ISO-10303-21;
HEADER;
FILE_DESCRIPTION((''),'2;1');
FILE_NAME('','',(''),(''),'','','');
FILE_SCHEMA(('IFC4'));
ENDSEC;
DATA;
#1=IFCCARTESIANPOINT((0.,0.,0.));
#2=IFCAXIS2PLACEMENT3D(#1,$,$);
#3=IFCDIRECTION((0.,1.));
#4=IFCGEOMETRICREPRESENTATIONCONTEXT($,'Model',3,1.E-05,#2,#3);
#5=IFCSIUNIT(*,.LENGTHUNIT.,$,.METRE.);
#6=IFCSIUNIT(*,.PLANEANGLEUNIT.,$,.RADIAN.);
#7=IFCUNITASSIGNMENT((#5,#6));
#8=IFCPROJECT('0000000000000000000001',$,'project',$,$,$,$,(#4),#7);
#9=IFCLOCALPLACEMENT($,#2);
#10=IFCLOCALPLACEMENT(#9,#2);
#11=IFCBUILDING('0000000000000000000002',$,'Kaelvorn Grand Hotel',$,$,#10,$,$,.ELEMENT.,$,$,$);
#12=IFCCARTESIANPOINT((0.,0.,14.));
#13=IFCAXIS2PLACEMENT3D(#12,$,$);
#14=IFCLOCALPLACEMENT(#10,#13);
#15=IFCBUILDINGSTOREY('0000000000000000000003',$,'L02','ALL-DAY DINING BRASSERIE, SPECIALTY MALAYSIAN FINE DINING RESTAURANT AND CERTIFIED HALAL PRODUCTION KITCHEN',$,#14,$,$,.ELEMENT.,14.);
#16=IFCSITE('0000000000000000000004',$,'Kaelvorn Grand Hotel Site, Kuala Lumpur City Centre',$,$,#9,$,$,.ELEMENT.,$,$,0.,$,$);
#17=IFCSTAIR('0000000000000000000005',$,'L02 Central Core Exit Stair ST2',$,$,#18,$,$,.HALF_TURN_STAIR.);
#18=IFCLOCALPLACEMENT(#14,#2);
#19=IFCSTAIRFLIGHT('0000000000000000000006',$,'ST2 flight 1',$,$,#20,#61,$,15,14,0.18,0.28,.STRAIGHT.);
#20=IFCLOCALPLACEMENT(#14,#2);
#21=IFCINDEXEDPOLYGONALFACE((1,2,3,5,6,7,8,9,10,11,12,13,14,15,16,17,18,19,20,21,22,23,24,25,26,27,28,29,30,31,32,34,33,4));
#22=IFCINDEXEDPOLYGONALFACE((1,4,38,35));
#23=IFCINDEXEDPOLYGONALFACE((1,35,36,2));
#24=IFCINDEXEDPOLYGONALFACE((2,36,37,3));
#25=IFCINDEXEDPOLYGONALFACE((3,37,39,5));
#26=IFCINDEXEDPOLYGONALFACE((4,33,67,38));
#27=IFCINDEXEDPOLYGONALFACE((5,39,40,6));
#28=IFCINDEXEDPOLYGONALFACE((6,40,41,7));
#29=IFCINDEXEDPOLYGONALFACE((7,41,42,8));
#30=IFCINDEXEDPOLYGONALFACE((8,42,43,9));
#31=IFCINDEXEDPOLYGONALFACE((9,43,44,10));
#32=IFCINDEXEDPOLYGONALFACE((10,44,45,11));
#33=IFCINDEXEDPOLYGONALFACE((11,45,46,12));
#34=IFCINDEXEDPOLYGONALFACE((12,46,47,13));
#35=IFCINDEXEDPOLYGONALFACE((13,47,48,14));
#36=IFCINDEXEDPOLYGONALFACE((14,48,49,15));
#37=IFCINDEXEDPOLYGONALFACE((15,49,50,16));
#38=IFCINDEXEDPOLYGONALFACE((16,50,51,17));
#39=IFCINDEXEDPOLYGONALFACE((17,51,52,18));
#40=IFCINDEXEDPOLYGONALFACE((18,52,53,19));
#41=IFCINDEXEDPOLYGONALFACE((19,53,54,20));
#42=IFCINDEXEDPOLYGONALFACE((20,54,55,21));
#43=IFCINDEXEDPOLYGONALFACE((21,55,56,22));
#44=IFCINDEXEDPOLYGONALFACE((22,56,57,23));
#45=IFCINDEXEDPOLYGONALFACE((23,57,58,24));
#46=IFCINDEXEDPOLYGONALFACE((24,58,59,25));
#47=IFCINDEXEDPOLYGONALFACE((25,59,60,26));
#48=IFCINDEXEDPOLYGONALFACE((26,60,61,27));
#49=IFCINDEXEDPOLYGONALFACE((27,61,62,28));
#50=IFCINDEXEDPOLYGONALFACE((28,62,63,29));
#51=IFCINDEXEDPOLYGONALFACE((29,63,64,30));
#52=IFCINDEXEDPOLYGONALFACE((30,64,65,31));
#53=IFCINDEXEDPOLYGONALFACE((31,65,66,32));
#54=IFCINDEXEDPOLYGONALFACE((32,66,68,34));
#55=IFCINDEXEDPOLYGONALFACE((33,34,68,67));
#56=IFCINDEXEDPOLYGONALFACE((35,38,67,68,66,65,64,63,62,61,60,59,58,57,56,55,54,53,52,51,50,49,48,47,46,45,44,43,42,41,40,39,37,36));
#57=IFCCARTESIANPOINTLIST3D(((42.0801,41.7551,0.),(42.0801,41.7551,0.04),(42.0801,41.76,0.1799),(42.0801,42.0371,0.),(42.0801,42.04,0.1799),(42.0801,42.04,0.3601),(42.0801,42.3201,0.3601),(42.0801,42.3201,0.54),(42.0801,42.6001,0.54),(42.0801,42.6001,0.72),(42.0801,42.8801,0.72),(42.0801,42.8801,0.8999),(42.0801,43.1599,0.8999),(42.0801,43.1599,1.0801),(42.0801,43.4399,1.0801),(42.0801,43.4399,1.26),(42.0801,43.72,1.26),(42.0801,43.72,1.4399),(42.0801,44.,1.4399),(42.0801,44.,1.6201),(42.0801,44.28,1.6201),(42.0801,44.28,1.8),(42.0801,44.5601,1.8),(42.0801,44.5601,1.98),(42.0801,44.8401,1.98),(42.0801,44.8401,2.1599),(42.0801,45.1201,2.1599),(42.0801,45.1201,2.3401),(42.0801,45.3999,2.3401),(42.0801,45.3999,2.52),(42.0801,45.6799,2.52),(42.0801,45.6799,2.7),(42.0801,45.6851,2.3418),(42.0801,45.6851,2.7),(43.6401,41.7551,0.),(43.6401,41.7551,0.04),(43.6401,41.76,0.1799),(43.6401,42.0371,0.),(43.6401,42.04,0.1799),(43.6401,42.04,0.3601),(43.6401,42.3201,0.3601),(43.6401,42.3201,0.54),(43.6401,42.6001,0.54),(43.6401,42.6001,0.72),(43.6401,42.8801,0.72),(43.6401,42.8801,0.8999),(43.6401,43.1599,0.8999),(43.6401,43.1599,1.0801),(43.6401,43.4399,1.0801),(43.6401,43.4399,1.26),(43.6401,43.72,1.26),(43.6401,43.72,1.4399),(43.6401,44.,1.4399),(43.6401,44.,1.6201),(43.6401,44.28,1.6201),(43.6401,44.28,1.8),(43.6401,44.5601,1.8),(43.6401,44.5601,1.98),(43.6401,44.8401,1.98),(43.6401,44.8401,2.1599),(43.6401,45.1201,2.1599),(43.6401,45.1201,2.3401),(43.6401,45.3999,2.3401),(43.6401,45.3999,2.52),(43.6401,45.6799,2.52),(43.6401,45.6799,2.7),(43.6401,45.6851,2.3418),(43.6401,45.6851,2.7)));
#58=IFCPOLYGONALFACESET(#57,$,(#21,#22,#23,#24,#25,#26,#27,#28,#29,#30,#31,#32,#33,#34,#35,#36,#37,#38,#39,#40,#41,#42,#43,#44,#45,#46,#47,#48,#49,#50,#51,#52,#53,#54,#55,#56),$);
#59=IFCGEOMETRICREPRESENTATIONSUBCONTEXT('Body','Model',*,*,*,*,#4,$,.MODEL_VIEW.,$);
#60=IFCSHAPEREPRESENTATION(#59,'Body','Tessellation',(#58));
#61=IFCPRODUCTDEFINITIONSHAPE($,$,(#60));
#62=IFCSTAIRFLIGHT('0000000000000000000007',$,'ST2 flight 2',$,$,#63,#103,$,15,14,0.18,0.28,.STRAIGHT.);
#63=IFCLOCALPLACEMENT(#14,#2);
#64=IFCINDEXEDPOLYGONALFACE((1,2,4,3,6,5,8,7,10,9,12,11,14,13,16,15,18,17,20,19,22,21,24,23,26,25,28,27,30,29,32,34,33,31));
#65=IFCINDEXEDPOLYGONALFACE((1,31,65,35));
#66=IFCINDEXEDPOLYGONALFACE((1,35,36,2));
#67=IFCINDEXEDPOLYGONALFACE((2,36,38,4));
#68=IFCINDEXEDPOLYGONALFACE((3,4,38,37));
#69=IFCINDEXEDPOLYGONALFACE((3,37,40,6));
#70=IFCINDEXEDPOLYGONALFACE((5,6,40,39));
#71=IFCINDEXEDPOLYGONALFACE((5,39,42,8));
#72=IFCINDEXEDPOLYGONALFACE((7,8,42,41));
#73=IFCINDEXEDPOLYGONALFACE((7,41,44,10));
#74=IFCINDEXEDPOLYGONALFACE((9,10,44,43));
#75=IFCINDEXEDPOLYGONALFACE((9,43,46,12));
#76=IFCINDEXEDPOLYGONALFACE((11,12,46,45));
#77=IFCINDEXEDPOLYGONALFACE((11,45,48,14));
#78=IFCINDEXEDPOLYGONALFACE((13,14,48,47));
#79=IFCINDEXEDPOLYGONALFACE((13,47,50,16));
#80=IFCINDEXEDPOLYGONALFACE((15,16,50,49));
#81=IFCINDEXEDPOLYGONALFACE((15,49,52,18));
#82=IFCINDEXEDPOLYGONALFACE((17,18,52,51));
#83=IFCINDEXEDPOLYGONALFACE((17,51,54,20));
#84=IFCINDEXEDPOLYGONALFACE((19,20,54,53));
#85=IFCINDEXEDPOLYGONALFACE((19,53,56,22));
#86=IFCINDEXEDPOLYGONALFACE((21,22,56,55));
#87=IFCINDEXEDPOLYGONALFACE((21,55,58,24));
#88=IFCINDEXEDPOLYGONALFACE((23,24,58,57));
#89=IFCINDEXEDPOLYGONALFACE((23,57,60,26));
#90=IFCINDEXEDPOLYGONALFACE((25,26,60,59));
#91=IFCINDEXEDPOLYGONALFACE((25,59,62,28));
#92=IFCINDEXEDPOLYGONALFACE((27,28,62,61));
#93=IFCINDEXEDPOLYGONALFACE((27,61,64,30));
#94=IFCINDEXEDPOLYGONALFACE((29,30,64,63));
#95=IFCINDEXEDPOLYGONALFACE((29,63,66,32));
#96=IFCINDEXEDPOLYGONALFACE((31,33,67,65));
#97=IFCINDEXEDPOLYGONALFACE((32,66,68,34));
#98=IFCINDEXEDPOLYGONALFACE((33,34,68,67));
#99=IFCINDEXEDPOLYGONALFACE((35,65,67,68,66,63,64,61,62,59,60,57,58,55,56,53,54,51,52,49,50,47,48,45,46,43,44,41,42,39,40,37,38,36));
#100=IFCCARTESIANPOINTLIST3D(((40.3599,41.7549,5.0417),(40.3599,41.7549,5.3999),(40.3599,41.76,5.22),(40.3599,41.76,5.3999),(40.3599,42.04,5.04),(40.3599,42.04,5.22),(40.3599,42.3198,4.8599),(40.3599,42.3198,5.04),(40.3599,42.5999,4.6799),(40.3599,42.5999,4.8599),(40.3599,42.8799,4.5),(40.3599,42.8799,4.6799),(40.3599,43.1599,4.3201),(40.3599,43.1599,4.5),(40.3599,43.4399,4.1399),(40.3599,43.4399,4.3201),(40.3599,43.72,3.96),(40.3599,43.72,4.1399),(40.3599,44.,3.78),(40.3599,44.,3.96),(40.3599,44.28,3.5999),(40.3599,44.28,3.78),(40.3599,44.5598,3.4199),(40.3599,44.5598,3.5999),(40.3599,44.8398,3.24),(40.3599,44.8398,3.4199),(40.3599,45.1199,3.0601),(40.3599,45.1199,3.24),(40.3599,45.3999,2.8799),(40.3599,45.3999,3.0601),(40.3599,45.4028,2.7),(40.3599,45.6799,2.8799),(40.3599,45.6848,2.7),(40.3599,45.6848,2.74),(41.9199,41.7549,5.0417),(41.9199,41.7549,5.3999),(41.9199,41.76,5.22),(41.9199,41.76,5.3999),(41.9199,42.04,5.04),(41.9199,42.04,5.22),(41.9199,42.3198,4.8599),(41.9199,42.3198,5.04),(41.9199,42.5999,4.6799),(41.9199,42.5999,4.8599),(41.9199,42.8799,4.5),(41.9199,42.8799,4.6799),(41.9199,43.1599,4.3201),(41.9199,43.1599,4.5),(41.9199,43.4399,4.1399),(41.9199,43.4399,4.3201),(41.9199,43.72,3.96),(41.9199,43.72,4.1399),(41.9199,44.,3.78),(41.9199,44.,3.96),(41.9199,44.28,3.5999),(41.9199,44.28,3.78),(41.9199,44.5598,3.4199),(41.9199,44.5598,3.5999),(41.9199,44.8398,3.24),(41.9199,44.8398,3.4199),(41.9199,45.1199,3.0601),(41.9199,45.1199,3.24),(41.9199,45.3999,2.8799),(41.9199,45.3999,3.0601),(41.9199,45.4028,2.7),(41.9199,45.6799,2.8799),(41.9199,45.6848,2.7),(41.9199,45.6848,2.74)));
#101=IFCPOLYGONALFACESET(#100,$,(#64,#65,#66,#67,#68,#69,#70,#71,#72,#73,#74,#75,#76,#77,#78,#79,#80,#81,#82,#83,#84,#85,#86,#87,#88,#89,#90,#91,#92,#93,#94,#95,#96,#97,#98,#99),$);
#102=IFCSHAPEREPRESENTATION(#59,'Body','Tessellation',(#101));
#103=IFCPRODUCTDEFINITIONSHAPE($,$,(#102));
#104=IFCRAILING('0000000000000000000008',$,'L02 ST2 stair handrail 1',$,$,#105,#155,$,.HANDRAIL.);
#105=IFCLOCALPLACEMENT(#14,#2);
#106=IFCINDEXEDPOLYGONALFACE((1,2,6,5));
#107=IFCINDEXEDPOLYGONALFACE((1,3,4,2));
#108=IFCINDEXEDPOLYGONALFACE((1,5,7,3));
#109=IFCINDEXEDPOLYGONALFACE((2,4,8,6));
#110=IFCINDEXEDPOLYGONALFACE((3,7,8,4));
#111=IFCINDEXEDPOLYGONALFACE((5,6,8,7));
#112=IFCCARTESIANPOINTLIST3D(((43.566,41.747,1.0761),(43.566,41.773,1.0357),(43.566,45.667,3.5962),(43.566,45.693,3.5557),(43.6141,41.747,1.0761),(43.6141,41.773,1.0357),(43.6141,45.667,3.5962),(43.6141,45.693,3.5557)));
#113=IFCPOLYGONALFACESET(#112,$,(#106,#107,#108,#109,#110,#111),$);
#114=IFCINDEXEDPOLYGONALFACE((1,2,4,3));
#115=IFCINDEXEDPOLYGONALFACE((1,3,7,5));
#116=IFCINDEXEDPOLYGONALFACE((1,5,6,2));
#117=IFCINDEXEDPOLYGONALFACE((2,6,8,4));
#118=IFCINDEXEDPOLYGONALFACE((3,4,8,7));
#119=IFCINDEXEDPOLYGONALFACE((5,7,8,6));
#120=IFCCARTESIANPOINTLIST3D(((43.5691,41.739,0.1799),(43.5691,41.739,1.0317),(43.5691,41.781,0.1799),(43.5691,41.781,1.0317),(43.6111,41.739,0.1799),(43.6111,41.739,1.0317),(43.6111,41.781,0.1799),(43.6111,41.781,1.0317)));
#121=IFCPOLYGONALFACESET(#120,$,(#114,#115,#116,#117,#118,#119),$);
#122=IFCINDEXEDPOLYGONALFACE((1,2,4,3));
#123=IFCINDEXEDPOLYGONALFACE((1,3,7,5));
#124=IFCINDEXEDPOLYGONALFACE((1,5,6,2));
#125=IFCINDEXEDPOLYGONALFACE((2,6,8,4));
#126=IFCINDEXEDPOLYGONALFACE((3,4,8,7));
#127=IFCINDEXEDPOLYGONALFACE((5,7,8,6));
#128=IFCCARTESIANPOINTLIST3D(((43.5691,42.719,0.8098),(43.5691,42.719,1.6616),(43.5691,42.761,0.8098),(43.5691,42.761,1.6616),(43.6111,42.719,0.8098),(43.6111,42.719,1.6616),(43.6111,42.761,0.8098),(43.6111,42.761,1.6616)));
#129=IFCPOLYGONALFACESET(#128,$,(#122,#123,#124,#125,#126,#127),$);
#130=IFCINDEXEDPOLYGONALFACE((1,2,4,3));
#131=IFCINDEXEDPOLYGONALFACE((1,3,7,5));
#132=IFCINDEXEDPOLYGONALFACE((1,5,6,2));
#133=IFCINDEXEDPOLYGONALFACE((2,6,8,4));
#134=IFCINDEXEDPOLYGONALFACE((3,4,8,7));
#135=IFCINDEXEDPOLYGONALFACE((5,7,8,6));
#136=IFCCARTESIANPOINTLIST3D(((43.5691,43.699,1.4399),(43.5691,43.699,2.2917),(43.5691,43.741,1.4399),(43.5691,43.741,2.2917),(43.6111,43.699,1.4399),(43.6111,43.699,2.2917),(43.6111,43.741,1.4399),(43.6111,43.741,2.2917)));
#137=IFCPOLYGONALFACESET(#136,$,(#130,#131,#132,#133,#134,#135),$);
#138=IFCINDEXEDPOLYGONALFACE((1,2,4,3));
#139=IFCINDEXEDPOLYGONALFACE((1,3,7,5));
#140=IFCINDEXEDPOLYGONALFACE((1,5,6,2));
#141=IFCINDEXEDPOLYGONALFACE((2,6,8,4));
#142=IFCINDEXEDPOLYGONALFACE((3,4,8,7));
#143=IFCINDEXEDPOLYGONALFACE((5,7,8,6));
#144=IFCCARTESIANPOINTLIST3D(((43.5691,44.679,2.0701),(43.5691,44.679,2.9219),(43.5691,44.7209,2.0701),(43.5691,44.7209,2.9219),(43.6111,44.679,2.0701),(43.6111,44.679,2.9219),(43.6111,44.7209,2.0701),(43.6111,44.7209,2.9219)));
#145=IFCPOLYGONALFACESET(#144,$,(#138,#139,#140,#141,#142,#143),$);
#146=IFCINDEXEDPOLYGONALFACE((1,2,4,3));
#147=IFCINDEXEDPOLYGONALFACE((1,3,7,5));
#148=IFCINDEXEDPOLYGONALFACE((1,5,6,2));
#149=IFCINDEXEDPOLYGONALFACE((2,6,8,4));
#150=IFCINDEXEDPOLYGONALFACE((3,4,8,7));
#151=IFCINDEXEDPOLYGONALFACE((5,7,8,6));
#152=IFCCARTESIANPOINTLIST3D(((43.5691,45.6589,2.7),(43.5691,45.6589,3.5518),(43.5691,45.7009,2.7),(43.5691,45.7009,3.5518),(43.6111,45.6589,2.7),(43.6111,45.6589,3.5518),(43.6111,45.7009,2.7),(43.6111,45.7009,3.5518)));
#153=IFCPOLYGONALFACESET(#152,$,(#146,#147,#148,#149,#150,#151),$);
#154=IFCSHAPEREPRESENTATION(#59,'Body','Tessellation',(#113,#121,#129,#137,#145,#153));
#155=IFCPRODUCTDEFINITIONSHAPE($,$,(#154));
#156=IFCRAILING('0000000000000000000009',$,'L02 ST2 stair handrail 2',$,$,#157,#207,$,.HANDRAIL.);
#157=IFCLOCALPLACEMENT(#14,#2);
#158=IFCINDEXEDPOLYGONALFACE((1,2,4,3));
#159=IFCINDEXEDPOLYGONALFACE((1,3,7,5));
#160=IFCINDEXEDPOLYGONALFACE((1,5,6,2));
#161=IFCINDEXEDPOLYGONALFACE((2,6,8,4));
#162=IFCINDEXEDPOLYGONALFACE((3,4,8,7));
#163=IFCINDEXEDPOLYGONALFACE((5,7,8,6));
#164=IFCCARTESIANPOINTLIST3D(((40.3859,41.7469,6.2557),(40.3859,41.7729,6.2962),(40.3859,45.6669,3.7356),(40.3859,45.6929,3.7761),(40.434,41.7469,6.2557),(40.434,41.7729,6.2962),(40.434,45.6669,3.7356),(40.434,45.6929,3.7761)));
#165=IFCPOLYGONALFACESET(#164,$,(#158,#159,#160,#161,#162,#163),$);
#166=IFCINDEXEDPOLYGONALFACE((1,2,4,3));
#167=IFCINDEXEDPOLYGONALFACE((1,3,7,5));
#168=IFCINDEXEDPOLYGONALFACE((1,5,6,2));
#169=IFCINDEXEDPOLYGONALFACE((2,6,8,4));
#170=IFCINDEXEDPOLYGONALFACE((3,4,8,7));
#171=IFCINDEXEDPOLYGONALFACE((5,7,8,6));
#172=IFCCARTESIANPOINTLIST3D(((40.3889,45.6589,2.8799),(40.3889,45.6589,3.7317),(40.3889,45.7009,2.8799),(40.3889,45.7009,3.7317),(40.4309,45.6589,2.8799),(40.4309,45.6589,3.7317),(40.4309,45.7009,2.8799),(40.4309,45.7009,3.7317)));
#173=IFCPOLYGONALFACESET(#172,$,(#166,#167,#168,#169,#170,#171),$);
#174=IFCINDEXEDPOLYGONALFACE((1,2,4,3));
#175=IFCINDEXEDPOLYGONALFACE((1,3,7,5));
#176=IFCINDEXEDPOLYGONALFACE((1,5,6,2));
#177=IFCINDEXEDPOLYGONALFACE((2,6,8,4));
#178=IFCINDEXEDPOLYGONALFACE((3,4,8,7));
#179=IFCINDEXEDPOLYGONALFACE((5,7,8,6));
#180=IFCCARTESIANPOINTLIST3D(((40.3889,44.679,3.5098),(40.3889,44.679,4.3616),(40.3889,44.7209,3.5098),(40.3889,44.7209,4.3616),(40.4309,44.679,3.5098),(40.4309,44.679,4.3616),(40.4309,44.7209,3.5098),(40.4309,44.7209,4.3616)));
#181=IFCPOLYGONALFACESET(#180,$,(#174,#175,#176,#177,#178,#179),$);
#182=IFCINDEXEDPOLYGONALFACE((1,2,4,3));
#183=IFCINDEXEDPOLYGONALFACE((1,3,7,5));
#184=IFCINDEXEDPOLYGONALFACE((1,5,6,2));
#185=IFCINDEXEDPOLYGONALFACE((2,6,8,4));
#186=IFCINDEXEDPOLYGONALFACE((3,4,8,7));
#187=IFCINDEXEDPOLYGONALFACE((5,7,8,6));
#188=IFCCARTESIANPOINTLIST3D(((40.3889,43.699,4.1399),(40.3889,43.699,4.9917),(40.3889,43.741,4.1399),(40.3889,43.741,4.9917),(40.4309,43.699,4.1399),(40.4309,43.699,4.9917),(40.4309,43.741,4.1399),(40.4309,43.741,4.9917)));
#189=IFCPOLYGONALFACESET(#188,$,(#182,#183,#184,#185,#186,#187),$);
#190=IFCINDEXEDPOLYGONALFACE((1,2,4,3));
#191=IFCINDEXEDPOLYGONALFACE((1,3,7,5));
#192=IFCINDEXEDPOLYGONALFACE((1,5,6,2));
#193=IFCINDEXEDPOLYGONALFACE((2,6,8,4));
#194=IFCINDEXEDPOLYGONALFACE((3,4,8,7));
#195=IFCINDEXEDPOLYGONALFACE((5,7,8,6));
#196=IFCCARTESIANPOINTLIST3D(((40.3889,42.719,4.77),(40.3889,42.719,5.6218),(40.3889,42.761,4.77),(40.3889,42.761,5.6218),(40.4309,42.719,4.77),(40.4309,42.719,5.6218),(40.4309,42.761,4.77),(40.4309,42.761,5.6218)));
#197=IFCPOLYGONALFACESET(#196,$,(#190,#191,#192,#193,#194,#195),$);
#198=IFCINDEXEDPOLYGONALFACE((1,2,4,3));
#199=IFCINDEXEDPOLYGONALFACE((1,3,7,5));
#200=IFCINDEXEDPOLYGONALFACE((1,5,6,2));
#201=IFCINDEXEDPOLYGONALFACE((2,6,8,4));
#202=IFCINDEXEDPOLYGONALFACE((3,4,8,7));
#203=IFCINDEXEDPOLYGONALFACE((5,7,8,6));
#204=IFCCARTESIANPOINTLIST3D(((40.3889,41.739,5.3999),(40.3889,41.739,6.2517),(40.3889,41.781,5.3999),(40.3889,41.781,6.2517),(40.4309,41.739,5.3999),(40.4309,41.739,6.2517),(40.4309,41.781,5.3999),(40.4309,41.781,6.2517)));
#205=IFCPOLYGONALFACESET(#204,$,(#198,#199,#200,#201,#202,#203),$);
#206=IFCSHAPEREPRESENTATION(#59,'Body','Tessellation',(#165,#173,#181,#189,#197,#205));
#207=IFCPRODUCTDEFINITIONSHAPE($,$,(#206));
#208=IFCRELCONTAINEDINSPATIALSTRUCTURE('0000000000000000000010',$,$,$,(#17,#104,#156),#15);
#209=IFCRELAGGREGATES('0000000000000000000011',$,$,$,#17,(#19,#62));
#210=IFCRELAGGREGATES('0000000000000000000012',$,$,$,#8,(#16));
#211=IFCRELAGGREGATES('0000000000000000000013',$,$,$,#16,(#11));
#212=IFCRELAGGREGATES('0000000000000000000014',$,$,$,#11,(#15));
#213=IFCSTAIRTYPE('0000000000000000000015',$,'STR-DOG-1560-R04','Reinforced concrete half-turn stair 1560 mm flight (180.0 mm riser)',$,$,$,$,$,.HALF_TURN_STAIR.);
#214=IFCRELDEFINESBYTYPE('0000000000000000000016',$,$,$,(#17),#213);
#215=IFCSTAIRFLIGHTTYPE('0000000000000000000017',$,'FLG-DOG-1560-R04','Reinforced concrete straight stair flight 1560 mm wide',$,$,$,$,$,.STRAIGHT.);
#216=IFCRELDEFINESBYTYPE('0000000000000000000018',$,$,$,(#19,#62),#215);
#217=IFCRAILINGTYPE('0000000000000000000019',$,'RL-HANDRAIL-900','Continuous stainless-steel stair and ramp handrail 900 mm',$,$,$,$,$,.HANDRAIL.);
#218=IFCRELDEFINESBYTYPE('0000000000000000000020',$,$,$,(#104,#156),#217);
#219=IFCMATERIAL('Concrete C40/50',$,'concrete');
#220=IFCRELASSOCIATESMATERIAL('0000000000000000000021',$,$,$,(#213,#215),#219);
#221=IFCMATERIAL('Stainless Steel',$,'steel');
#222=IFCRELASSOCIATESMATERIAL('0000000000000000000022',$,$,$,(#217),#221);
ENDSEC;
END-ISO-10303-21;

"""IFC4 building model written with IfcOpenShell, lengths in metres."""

from ifc_helpers import new_model, si_unit, direction, frame, origin, origin_2d, place, context, subcontext, project, spatial, polyline, rectangle, outline, extrude, material, type_object, element, aggregate, save


model = new_model("IFC4")

# Units and contexts
model_context = context("Model", 3, precision=1e-05, world=origin(), true_north=direction((0.0, 1.0)))
body_context = subcontext(model_context, "Body", "Model", "MODEL_VIEW")
ifc_project = project(units=[si_unit("LENGTHUNIT", "METRE"), si_unit("PLANEANGLEUNIT", "RADIAN")], contexts=[model_context])

# Site, building, storey
site_placement = place(None, origin())
site = spatial("IfcSite", under=ifc_project, at=site_placement, Name="Kaelvorn Grand Hotel Site, Kuala Lumpur City Centre", CompositionType="ELEMENT", RefElevation=0.0)
building_placement = place(site_placement, origin())
building = spatial("IfcBuilding", under=site, at=building_placement, Name="Kaelvorn Grand Hotel", CompositionType="ELEMENT")
storey_placement = place(building_placement, frame((0.0, 0.0, 14.0)))
storey = spatial("IfcBuildingStorey", under=building, at=storey_placement, Name="L02", Description="ALL-DAY DINING BRASSERIE, SPECIALTY MALAYSIAN FINE DINING RESTAURANT AND CERTIFIED HALAL PRODUCTION KITCHEN", CompositionType="ELEMENT", Elevation=14.0)

# Shared definitions
ifc_material_1 = material(Name="Concrete C40/50", Category="concrete")

# Stair, stair flights
stair_type = type_object("IfcStairType", Name="STR-DOG-1560-R04", Description="Reinforced concrete half-turn stair 1560 mm flight (180.0 mm riser)", PredefinedType="HALF_TURN_STAIR", material=ifc_material_1)
stair_placement = place(storey_placement, origin())
stair = element("IfcStair", 1, at=stair_placement, inside=storey, type_object=stair_type, Name="L02 Central Core Exit Stair ST2", PredefinedType="HALF_TURN_STAIR")
stair_flight_type = type_object("IfcStairFlightType", Name="FLG-DOG-1560-R04", Description="Reinforced concrete straight stair flight 1560 mm wide", PredefinedType="STRAIGHT", material=ifc_material_1)
stair_flight_1_placement = place(storey_placement, frame((42.8601, 41.76, 0.0), z_axis=(0.0, 0.0, 1.0), x_axis=(0.0, 1.0, 0.0)))
stair_flight_1 = element("IfcStairFlight", 2, at=stair_flight_1_placement, type_object=stair_flight_type, Name="ST2 flight 1", NumberOfRisers=15, NumberOfTreads=14, PredefinedType="STRAIGHT", RiserHeight=0.18, TreadLength=0.28, context=body_context, shape_type="SweptSolid", body=[
    extrude(outline(polyline([(-0.0049, 0.0), (-0.0049, 0.04), (0.0, 0.1799), (0.28, 0.1799), (0.28, 0.3601), (0.5601, 0.3601), (0.5601, 0.54), (0.8401, 0.54), (0.8401, 0.72), (1.1201, 0.72), (1.1201, 0.8999), (1.3999, 0.8999), (1.3999, 1.0801), (1.6799, 1.0801), (1.6799, 1.26), (1.96, 1.26), (1.96, 1.4399), (2.24, 1.4399), (2.24, 1.6201), (2.52, 1.6201), (2.52, 1.8), (2.8, 1.8), (2.8, 1.98), (3.0801, 1.98), (3.0801, 2.1599), (3.3601, 2.1599), (3.3601, 2.3401), (3.6399, 2.3401), (3.6399, 2.52), (3.9199, 2.52), (3.9199, 2.7), (3.925, 2.7), (3.925, 2.3418), (0.2771, 0.0), (-0.0049, 0.0)])), frame((0.0, 0.78, 0.0), z_axis=(0.0, -1.0, 0.0), x_axis=(1.0, 0.0, 0.0)), (0.0, 0.0, 1.0), 1.5601),
])
stair_flight_2_placement = place(storey_placement, frame((41.1399, 45.6799, 2.7), z_axis=(0.0, 0.0, 1.0), x_axis=(0.0, -1.0, 0.0)))
stair_flight_2 = element("IfcStairFlight", 3, at=stair_flight_2_placement, type_object=stair_flight_type, Name="ST2 flight 2", NumberOfRisers=15, NumberOfTreads=14, PredefinedType="STRAIGHT", RiserHeight=0.18, TreadLength=0.28, context=body_context, shape_type="SweptSolid", body=[
    extrude(outline(polyline([(-0.0049, 0.0), (-0.0049, 0.04), (0.0, 0.1799), (0.28, 0.1799), (0.28, 0.3601), (0.5601, 0.3601), (0.5601, 0.54), (0.8401, 0.54), (0.8401, 0.72), (1.1201, 0.72), (1.1201, 0.8999), (1.3999, 0.8999), (1.3999, 1.0801), (1.6799, 1.0801), (1.6799, 1.26), (1.96, 1.26), (1.96, 1.4399), (2.24, 1.4399), (2.24, 1.6201), (2.52, 1.6201), (2.52, 1.8), (2.8, 1.8), (2.8, 1.98), (3.0801, 1.98), (3.0801, 2.1599), (3.3601, 2.1599), (3.3601, 2.3401), (3.6399, 2.3401), (3.6399, 2.52), (3.9199, 2.52), (3.9199, 2.7), (3.925, 2.7), (3.925, 2.3418), (0.2771, 0.0), (-0.0049, 0.0)])), frame((0.0, 0.78, 0.0), z_axis=(0.0, -1.0, 0.0), x_axis=(1.0, 0.0, 0.0)), (0.0, 0.0, 1.0), 1.5601),
])
aggregate(stair, [stair_flight_1, stair_flight_2])

# Railings
ifc_material_2 = material(Name="Stainless Steel", Category="steel")
railing_type_1 = type_object("IfcRailingType", Name="RL-HANDRAIL-900", Description="Continuous stainless-steel stair and ramp handrail 900 mm", PredefinedType="HANDRAIL", material=ifc_material_2)
railing_1_placement = place(storey_placement, frame((43.5901, 41.76, 0.1799)))
element("IfcRailing", 4, at=railing_1_placement, inside=storey, type_object=railing_type_1, Name="L02 ST2 stair handrail 1", PredefinedType="HANDRAIL", context=body_context, shape_type="SweptSolid", body=[
    extrude(rectangle(XDim=0.0481, YDim=0.0481, at=origin_2d()), frame((0.0, 0.0, 0.876), z_axis=(0.0, 0.841172, 0.540768), x_axis=(-1.0, 0.0, 0.0)), (0.0, 0.0, 1.0), 4.6602),
    extrude(rectangle(XDim=0.042, YDim=0.042, at=origin_2d()), origin(), (0.0, 0.0, 1.0), 0.8518),
    extrude(rectangle(XDim=0.042, YDim=0.042, at=origin_2d()), frame((0.0, 0.98, 0.6299)), (0.0, 0.0, 1.0), 0.8518),
    extrude(rectangle(XDim=0.042, YDim=0.042, at=origin_2d()), frame((0.0, 1.96, 1.26)), (0.0, 0.0, 1.0), 0.8518),
    extrude(rectangle(XDim=0.042, YDim=0.042, at=origin_2d()), frame((0.0, 2.9399, 1.8901)), (0.0, 0.0, 1.0), 0.8518),
    extrude(rectangle(XDim=0.042, YDim=0.042, at=origin_2d()), frame((0.0, 3.9199, 2.52)), (0.0, 0.0, 1.0), 0.8518),
])
railing_2_placement = place(storey_placement, frame((40.4099, 45.6799, 2.8799)))
element("IfcRailing", 5, at=railing_2_placement, inside=storey, type_object=railing_type_1, Name="L02 ST2 stair handrail 2", PredefinedType="HANDRAIL", context=body_context, shape_type="SweptSolid", body=[
    extrude(rectangle(XDim=0.0481, YDim=0.0481, at=origin_2d()), frame((0.0, 0.0, 0.876), z_axis=(0.0, -0.841172, 0.540768), x_axis=(1.0, 0.0, 0.0)), (0.0, 0.0, 1.0), 4.6602),
    extrude(rectangle(XDim=0.042, YDim=0.042, at=origin_2d()), origin(), (0.0, 0.0, 1.0), 0.8518),
    extrude(rectangle(XDim=0.042, YDim=0.042, at=origin_2d()), frame((0.0, -0.98, 0.6299)), (0.0, 0.0, 1.0), 0.8518),
    extrude(rectangle(XDim=0.042, YDim=0.042, at=origin_2d()), frame((0.0, -1.96, 1.26)), (0.0, 0.0, 1.0), 0.8518),
    extrude(rectangle(XDim=0.042, YDim=0.042, at=origin_2d()), frame((0.0, -2.9399, 1.8901)), (0.0, 0.0, 1.0), 0.8518),
    extrude(rectangle(XDim=0.042, YDim=0.042, at=origin_2d()), frame((0.0, -3.9199, 2.52)), (0.0, 0.0, 1.0), 0.8518),
])

save(model, "model.ifc")
